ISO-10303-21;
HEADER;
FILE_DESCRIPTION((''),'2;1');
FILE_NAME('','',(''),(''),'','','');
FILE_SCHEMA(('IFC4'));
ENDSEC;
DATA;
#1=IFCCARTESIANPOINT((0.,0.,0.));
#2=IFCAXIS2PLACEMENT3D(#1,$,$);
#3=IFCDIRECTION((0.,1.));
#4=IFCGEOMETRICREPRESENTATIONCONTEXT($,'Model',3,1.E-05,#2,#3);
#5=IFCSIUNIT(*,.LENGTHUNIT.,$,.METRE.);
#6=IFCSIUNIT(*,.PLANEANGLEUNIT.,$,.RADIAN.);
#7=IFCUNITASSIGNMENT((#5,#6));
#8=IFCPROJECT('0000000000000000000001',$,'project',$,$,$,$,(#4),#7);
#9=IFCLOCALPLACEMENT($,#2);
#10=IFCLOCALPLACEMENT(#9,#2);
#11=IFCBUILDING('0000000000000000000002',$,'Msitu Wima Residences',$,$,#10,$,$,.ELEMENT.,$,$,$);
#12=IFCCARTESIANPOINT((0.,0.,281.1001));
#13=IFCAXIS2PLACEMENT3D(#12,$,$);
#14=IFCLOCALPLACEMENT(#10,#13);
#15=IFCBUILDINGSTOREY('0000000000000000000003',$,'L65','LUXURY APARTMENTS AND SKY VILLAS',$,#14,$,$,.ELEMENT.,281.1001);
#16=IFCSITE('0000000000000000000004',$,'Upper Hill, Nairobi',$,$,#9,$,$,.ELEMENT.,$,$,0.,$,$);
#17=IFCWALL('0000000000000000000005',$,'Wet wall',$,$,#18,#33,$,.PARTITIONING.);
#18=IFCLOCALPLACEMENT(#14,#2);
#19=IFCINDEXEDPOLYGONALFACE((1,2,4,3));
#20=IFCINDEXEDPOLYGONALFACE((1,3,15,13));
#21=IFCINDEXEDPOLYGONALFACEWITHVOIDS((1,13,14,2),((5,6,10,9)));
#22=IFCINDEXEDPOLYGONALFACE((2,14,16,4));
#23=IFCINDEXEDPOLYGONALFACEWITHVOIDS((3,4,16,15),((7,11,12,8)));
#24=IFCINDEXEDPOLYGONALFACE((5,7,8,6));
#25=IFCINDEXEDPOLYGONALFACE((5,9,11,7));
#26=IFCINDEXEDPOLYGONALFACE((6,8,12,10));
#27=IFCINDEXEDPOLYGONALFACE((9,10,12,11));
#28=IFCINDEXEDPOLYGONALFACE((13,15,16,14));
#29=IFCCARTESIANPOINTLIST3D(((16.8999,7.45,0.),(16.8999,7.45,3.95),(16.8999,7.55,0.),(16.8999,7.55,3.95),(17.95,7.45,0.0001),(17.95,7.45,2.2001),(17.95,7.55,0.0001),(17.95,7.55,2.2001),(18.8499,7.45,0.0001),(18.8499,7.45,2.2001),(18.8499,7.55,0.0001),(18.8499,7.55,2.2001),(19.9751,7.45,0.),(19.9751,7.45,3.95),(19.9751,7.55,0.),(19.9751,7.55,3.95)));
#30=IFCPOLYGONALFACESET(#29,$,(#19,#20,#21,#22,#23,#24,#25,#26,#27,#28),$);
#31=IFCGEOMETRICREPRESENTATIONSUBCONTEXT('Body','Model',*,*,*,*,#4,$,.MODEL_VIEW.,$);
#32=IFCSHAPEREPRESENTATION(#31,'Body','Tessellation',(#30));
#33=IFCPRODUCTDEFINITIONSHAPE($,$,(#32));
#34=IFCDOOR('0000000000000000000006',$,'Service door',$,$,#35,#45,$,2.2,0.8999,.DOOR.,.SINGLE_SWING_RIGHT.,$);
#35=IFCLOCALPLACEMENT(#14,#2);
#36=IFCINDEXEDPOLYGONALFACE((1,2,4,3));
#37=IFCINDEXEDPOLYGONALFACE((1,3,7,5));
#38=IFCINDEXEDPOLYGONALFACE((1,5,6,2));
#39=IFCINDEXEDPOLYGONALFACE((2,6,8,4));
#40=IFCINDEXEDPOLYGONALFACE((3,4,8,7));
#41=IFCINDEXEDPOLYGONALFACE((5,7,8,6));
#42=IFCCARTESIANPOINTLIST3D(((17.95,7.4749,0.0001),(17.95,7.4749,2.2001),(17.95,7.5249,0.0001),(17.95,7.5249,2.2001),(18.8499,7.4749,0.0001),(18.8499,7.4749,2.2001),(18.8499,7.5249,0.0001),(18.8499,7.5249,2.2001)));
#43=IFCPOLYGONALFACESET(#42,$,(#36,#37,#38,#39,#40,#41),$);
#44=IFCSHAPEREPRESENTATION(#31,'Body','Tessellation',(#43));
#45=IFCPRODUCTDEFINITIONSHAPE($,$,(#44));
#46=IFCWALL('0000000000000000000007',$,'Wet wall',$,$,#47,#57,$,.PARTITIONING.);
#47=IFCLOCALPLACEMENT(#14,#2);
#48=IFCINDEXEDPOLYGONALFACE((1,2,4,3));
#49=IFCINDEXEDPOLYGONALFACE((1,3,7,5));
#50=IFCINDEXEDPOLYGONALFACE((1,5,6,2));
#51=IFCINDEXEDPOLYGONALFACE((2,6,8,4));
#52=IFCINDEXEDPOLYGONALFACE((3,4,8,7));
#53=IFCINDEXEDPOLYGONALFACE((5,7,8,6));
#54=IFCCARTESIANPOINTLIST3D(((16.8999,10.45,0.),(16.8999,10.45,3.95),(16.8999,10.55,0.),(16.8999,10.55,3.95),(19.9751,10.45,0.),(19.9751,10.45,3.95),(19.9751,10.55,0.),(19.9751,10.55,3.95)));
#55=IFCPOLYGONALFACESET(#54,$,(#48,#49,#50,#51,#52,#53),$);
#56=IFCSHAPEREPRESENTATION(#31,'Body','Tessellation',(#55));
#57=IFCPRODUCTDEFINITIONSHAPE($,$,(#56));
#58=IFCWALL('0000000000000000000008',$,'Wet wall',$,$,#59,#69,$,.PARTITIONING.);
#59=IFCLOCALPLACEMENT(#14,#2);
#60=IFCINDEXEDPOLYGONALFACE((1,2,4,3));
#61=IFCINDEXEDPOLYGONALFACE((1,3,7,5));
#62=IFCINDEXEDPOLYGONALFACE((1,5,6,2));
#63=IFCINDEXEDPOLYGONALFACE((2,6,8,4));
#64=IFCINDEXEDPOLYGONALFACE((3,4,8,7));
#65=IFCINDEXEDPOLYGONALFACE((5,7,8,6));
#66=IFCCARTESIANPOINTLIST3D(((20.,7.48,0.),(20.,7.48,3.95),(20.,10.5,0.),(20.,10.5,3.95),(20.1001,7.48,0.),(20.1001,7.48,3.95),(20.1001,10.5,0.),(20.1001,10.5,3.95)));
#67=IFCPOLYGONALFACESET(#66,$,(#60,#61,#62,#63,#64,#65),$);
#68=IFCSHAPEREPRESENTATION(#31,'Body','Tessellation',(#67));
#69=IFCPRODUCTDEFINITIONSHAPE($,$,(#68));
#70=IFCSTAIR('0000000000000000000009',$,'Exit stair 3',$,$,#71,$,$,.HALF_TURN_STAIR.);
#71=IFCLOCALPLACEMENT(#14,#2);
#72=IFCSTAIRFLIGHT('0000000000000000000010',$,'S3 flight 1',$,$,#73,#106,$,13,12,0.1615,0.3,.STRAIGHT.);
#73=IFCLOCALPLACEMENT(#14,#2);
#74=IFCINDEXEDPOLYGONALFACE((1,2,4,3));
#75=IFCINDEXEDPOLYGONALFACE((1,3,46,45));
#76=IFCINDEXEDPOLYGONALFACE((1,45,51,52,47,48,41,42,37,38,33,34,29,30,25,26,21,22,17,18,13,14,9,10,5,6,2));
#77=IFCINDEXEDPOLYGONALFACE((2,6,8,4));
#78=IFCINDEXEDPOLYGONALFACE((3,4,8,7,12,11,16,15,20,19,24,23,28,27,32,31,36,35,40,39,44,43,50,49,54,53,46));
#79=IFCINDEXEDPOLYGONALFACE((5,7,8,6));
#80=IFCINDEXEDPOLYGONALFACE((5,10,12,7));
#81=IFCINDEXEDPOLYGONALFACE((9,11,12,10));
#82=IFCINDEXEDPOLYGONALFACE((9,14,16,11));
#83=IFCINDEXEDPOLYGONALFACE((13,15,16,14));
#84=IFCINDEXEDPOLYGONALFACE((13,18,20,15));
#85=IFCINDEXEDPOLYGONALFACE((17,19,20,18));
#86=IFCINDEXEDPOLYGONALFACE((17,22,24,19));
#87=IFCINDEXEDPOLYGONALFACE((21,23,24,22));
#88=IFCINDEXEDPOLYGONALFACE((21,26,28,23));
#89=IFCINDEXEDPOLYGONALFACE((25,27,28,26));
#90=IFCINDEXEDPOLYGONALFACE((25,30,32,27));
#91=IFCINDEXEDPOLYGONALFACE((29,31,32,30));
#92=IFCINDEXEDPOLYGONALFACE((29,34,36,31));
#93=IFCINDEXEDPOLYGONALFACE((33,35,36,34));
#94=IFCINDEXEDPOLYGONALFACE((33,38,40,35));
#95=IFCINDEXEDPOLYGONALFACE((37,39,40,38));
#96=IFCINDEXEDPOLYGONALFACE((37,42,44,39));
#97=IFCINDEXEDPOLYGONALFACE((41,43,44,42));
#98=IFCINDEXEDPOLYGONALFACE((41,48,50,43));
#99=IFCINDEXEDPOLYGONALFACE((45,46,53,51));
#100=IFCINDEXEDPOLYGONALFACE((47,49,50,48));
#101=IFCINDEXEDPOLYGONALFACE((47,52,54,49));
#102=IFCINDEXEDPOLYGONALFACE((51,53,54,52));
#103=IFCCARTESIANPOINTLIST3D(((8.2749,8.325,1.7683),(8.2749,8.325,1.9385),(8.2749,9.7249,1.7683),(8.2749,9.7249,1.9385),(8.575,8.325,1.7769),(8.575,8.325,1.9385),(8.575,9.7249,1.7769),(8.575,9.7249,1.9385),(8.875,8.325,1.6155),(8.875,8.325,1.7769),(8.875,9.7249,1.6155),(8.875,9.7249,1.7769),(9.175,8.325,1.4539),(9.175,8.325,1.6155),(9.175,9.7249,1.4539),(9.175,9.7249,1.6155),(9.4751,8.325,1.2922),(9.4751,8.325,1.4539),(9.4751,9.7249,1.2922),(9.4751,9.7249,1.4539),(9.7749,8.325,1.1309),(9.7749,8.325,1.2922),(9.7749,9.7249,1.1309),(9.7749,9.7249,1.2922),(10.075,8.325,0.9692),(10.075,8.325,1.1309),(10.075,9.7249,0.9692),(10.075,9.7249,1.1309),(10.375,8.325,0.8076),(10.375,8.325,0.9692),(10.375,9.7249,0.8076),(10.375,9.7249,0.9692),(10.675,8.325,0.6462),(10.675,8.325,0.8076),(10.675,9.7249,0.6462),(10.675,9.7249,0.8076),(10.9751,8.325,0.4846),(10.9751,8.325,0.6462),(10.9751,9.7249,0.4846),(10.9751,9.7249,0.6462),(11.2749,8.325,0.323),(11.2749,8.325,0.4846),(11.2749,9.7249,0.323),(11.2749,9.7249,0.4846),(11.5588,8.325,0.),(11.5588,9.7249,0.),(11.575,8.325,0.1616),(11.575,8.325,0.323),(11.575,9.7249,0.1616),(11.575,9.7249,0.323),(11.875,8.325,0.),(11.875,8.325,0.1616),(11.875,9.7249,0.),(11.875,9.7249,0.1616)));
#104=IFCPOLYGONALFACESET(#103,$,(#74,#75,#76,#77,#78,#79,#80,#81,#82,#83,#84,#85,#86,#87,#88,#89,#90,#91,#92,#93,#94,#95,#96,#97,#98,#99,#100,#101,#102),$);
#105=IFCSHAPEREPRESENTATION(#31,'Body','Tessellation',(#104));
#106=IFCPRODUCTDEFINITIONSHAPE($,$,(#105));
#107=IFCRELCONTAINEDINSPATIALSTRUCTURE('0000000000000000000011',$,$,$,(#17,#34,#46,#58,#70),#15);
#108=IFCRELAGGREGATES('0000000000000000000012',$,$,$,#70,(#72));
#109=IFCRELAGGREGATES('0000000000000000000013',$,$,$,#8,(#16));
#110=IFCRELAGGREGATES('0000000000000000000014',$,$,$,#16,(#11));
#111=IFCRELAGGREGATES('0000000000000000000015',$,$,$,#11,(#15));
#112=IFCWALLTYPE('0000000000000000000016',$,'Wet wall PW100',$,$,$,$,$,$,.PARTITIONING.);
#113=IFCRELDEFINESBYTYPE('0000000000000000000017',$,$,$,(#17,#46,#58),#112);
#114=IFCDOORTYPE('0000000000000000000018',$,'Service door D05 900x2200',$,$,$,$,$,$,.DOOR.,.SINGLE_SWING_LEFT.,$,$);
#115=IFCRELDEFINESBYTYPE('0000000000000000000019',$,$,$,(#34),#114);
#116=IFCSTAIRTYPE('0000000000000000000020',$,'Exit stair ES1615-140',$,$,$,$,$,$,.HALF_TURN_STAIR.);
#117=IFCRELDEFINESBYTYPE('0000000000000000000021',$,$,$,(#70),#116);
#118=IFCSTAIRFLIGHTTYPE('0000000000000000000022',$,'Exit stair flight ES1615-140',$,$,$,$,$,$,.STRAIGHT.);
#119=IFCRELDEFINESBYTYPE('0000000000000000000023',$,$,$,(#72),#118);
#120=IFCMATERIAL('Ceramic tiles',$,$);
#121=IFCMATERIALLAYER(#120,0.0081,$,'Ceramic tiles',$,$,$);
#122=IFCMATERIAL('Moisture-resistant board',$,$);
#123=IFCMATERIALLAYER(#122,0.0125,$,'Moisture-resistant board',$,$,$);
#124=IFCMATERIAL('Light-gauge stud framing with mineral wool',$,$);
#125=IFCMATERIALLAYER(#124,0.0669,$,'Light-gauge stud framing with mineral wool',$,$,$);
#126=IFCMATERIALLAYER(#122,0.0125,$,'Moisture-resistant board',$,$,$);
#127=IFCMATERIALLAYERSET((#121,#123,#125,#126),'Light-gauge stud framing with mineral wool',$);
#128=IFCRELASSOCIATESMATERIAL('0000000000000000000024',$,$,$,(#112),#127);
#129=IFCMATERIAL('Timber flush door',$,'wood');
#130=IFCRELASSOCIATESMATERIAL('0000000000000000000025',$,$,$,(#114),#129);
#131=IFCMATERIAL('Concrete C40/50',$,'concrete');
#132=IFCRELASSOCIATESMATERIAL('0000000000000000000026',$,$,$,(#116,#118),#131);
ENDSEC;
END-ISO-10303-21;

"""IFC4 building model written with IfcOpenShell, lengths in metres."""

from ifc_helpers import new_model, si_unit, direction, frame, frame_2d, origin, place, context, subcontext, project, spatial, polyline, rectangle, outline, extrude, material, layer, layer_set, type_object, element, fill, aggregate, save


model = new_model("IFC4")

# Units and contexts
model_context = context("Model", 3, precision=1e-05, world=origin(), true_north=direction((0.0, 1.0)))
body_context = subcontext(model_context, "Body", "Model", "MODEL_VIEW")
ifc_project = project(units=[si_unit("LENGTHUNIT", "METRE"), si_unit("PLANEANGLEUNIT", "RADIAN")], contexts=[model_context])

# Site, building, storey
site_placement = place(None, origin())
site = spatial("IfcSite", under=ifc_project, at=site_placement, Name="Upper Hill, Nairobi", CompositionType="ELEMENT", RefElevation=0.0)
building_placement = place(site_placement, origin())
building = spatial("IfcBuilding", under=site, at=building_placement, Name="Msitu Wima Residences", CompositionType="ELEMENT")
storey_placement = place(building_placement, frame((0.0, 0.0, 281.1001)))
storey = spatial("IfcBuildingStorey", under=building, at=storey_placement, Name="L65", Description="LUXURY APARTMENTS AND SKY VILLAS", CompositionType="ELEMENT", Elevation=281.1001)

# Shared definitions
ifc_material_1 = material(Name="Concrete C40/50", Category="concrete")

# Shared definitions
ifc_material_2 = material(Name="Timber flush door", Category="wood")

# Shared definitions
ifc_material_3 = material(Name="Ceramic tiles")
ifc_layer_1 = layer(ifc_material_3, 0.0081, Name="Ceramic tiles")
ifc_material_4 = material(Name="Moisture-resistant board")
ifc_layer_2 = layer(ifc_material_4, 0.0125, Name="Moisture-resistant board")
ifc_material_5 = material(Name="Light-gauge stud framing with mineral wool")
ifc_layer_3 = layer(ifc_material_5, 0.0669, Name="Light-gauge stud framing with mineral wool")
ifc_layer_4 = layer(ifc_material_4, 0.0125, Name="Moisture-resistant board")
ifc_layer_set_1 = layer_set([ifc_layer_1, ifc_layer_2, ifc_layer_3, ifc_layer_4], Name="Light-gauge stud framing with mineral wool")
wall_type_1 = type_object("IfcWallType", Name="Wet wall PW100", PredefinedType="PARTITIONING", material=ifc_layer_set_1)

# Wall, opening, door
wall_1_placement = place(storey_placement, frame((16.8999, 7.5, 0.0), z_axis=(0.0, 0.0, 1.0), x_axis=(1.0, 0.0, 0.0)))
wall_1 = element("IfcWall", 1, at=wall_1_placement, inside=storey, type_object=wall_type_1, Name="Wet wall", PredefinedType="PARTITIONING", context=body_context, shape_type="SweptSolid", body=[
    extrude(rectangle(XDim=3.0752, YDim=0.1001, at=frame_2d((1.5376, 0.0))), origin(), (0.0, 0.0, 1.0), 3.95),
])
opening_1_placement = place(wall_1_placement, frame((1.05, 0.0, 0.0)))
opening_1 = element("IfcOpeningElement", 2, at=opening_1_placement, cuts=wall_1, PredefinedType="OPENING", context=body_context, shape_type="SweptSolid", body=[
    extrude(rectangle(XDim=0.8999, YDim=2.2, at=frame_2d((0.45, 1.1001))), frame((0.0, 0.0601, 0.0), z_axis=(0.0, -1.0, 0.0), x_axis=(1.0, 0.0, 0.0)), (0.0, 0.0, 1.0), 0.1201),
])
door_type_1 = type_object("IfcDoorType", Name="Service door D05 900x2200", OperationType="SINGLE_SWING_LEFT", PredefinedType="DOOR", material=ifc_material_2)
door_1_placement = place(opening_1_placement, origin())
door_1 = element("IfcDoor", 3, at=door_1_placement, inside=storey, type_object=door_type_1, Name="Service door", OperationType="SINGLE_SWING_RIGHT", OverallHeight=2.2, OverallWidth=0.8999, PredefinedType="DOOR", context=body_context, shape_type="SweptSolid", body=[
    extrude(rectangle(XDim=0.8999, YDim=2.2, at=frame_2d((0.45, 1.1001))), frame((0.0, 0.0249, 0.0), z_axis=(0.0, -1.0, 0.0), x_axis=(1.0, 0.0, 0.0)), (0.0, 0.0, 1.0), 0.05),
])
fill(opening_1, door_1)

# Walls
wall_2_placement = place(storey_placement, frame((16.8999, 10.5, 0.0), z_axis=(0.0, 0.0, 1.0), x_axis=(1.0, 0.0, 0.0)))
element("IfcWall", 4, at=wall_2_placement, inside=storey, type_object=wall_type_1, Name="Wet wall", PredefinedType="PARTITIONING", context=body_context, shape_type="SweptSolid", body=[
    extrude(rectangle(XDim=3.0752, YDim=0.1001, at=frame_2d((1.5376, 0.0))), origin(), (0.0, 0.0, 1.0), 3.95),
])
wall_3_placement = place(storey_placement, frame((20.05, 7.48, 0.0), z_axis=(0.0, 0.0, 1.0), x_axis=(0.0, 1.0, 0.0)))
element("IfcWall", 5, at=wall_3_placement, inside=storey, type_object=wall_type_1, Name="Wet wall", PredefinedType="PARTITIONING", context=body_context, shape_type="SweptSolid", body=[
    extrude(rectangle(XDim=3.02, YDim=0.1001, at=frame_2d((1.51, 0.0))), origin(), (0.0, 0.0, 1.0), 3.95),
])

# Stair, stair flight
stair_type = type_object("IfcStairType", Name="Exit stair ES1615-140", PredefinedType="HALF_TURN_STAIR", material=ifc_material_1)
stair_placement = place(storey_placement, origin())
stair = element("IfcStair", 6, at=stair_placement, inside=storey, type_object=stair_type, Name="Exit stair 3", PredefinedType="HALF_TURN_STAIR")
stair_flight_type = type_object("IfcStairFlightType", Name="Exit stair flight ES1615-140", PredefinedType="STRAIGHT", material=ifc_material_1)
stair_flight_placement = place(storey_placement, frame((11.875, 9.0249, 0.0), z_axis=(0.0, 0.0, 1.0), x_axis=(-1.0, 0.0, 0.0)))
stair_flight = element("IfcStairFlight", 7, at=stair_flight_placement, type_object=stair_flight_type, Name="S3 flight 1", NumberOfRisers=13, NumberOfTreads=12, PredefinedType="STRAIGHT", RiserHeight=0.1615, TreadLength=0.3, context=body_context, shape_type="SweptSolid", body=[
    extrude(outline(polyline([(0.0, 0.0), (0.0, 0.1616), (0.3, 0.1616), (0.3, 0.323), (0.6001, 0.323), (0.6001, 0.4846), (0.8999, 0.4846), (0.8999, 0.6462), (1.2, 0.6462), (1.2, 0.8076), (1.5, 0.8076), (1.5, 0.9692), (1.8, 0.9692), (1.8, 1.1309), (2.1001, 1.1309), (2.1001, 1.2922), (2.3999, 1.2922), (2.3999, 1.4539), (2.7, 1.4539), (2.7, 1.6155), (3.0, 1.6155), (3.0, 1.7769), (3.3, 1.7769), (3.3, 1.9385), (3.6001, 1.9385), (3.6001, 2.1001), (3.6001, 1.7683), (0.3162, 0.0), (0.0, 0.0)])), frame((0.0, 0.7, 0.0), z_axis=(0.0, -1.0, 0.0), x_axis=(1.0, 0.0, 0.0)), (0.0, 0.0, 1.0), 1.3999),
])
aggregate(stair, [stair_flight])

save(model, "model.ifc")
